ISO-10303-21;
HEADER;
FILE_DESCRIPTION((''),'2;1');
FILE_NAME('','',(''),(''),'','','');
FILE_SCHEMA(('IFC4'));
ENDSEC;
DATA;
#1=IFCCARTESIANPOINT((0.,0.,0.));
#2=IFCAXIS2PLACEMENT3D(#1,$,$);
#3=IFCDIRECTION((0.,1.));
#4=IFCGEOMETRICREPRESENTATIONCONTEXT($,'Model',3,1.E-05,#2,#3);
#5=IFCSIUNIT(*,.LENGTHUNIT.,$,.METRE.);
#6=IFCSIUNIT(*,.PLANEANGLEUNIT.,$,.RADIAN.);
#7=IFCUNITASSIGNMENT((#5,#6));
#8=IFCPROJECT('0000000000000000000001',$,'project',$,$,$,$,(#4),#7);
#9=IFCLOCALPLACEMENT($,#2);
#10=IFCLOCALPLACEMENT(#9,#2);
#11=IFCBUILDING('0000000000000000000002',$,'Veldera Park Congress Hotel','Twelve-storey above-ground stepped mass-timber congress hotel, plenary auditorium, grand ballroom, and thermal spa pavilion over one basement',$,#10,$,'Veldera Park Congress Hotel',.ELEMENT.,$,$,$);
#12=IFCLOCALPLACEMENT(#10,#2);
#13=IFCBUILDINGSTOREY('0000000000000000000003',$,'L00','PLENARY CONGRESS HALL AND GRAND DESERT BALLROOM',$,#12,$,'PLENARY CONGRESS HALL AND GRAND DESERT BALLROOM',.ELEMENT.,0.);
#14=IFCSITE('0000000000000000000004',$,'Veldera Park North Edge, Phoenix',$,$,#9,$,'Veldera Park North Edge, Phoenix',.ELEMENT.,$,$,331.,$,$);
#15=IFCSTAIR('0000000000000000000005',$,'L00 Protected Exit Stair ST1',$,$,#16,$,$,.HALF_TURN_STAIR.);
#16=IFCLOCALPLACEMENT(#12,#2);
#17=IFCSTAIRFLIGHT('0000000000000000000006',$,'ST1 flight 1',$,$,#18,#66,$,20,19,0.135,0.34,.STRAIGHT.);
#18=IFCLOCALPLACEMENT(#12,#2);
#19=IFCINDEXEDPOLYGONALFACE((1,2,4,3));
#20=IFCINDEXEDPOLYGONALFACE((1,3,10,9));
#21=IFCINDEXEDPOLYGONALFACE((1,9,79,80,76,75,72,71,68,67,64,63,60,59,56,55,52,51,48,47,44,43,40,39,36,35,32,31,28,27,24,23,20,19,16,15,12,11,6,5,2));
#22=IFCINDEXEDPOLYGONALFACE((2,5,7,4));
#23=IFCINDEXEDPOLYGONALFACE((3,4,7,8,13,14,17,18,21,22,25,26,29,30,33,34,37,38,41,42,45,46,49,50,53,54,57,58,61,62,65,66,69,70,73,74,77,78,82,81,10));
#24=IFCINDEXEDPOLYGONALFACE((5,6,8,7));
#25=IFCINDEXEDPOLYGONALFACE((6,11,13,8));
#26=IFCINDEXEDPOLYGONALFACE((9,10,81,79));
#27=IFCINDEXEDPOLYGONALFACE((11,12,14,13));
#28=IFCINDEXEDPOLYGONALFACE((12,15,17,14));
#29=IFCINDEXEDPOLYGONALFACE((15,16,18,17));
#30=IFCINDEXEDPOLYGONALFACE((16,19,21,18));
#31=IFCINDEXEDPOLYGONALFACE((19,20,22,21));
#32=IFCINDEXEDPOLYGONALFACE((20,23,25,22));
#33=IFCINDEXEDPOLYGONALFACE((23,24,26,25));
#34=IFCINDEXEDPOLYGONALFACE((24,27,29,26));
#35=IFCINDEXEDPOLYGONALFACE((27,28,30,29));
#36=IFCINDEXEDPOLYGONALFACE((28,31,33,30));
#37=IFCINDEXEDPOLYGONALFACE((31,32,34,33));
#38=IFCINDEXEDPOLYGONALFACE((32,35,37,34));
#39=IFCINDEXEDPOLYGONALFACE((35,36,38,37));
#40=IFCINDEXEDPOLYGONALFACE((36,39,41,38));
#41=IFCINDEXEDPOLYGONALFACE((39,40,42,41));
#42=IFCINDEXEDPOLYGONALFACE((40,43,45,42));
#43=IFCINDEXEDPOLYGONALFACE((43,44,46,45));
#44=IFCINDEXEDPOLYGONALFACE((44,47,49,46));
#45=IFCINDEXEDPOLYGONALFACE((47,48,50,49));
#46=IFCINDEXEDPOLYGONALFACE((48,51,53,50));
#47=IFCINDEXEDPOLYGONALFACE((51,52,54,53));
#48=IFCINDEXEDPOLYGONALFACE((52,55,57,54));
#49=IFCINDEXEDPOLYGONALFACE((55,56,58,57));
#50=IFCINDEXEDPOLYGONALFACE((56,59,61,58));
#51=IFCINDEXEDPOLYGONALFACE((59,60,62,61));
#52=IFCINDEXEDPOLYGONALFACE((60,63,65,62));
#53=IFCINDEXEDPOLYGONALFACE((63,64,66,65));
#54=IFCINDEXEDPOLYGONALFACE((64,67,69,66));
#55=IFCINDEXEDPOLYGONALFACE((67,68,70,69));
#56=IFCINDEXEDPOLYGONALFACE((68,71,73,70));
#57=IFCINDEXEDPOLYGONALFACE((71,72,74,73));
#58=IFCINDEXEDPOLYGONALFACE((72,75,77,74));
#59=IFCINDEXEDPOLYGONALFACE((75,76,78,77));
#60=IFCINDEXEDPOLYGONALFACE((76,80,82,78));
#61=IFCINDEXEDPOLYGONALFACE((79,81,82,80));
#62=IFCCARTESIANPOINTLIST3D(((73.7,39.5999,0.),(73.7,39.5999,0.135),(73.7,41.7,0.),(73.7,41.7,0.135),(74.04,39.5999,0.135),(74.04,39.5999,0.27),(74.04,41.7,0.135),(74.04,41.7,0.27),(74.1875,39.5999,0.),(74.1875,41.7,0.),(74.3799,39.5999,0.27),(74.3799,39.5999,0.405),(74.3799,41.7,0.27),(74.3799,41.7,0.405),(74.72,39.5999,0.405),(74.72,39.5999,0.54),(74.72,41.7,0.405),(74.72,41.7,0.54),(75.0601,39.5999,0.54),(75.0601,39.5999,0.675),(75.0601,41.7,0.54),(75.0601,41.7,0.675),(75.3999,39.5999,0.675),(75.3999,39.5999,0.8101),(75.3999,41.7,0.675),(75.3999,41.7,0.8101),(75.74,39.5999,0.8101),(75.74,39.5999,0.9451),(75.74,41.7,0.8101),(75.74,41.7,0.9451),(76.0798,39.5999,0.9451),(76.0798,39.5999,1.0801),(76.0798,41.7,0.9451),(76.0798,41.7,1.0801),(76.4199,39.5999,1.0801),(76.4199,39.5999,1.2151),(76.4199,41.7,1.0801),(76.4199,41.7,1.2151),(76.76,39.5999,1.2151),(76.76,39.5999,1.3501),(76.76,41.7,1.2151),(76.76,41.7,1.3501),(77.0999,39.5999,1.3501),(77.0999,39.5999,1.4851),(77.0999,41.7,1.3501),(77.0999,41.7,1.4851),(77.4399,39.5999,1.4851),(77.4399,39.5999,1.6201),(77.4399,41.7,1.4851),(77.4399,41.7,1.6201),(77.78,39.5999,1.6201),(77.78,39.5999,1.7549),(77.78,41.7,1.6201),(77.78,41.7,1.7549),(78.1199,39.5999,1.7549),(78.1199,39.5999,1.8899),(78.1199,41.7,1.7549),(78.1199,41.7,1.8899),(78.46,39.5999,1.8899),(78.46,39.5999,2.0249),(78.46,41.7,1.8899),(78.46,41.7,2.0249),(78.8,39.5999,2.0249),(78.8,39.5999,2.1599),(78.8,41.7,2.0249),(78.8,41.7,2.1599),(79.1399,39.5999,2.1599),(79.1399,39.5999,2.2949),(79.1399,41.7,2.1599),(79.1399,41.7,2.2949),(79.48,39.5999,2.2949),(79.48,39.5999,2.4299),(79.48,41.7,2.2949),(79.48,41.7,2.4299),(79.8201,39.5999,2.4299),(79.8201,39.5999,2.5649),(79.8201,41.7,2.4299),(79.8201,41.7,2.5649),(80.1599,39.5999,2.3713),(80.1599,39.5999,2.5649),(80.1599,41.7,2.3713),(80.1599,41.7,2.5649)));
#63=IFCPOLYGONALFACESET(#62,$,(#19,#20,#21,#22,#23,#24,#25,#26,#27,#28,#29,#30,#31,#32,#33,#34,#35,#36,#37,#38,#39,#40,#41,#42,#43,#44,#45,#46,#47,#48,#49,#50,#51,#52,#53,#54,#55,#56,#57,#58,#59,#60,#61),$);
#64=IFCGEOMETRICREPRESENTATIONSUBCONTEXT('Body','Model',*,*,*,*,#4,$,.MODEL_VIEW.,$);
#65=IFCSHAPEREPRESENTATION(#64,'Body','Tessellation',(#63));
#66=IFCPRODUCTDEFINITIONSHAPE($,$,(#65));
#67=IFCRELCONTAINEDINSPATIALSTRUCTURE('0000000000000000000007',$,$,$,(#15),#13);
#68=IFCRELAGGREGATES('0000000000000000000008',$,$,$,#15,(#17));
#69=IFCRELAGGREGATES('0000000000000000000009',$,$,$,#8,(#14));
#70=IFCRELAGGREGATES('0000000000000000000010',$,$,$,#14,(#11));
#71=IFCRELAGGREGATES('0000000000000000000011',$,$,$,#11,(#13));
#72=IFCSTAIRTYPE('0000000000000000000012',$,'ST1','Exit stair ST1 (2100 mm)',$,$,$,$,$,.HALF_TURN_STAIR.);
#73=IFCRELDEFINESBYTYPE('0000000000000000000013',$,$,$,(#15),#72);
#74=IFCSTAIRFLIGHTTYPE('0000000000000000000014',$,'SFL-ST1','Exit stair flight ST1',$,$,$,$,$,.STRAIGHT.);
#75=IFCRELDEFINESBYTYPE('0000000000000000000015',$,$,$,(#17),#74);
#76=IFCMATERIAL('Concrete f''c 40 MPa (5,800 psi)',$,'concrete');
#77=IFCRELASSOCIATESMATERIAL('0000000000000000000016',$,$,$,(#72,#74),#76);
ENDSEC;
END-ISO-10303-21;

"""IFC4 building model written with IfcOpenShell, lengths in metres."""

from ifc_helpers import new_model, si_unit, direction, frame, origin, place, context, subcontext, project, spatial, polyline, outline, extrude, material, type_object, element, aggregate, save


model = new_model("IFC4")

# Units and contexts
model_context = context("Model", 3, precision=1e-05, world=origin(), true_north=direction((0.0, 1.0)))
body_context = subcontext(model_context, "Body", "Model", "MODEL_VIEW")
ifc_project = project(units=[si_unit("LENGTHUNIT", "METRE"), si_unit("PLANEANGLEUNIT", "RADIAN")], contexts=[model_context])

# Site, building, storey
site_placement = place(None, origin())
site = spatial("IfcSite", under=ifc_project, at=site_placement, Name="Veldera Park North Edge, Phoenix", LongName="Veldera Park North Edge, Phoenix", CompositionType="ELEMENT", RefElevation=331.0)
building_placement = place(site_placement, origin())
building = spatial("IfcBuilding", under=site, at=building_placement, Name="Veldera Park Congress Hotel", Description="Twelve-storey above-ground stepped mass-timber congress hotel, plenary auditorium, grand ballroom, and thermal spa pavilion over one basement", LongName="Veldera Park Congress Hotel", CompositionType="ELEMENT")
storey_placement = place(building_placement, origin())
storey = spatial("IfcBuildingStorey", under=building, at=storey_placement, Name="L00", Description="PLENARY CONGRESS HALL AND GRAND DESERT BALLROOM", LongName="PLENARY CONGRESS HALL AND GRAND DESERT BALLROOM", CompositionType="ELEMENT", Elevation=0.0)

# Shared definitions
ifc_material_1 = material(Name="Concrete f'c 40 MPa (5,800 psi)", Category="concrete")

# Stair, stair flight
stair_type = type_object("IfcStairType", Name="ST1", Description="Exit stair ST1 (2100 mm)", PredefinedType="HALF_TURN_STAIR", material=ifc_material_1)
stair_placement = place(storey_placement, origin())
stair = element("IfcStair", 1, at=stair_placement, inside=storey, type_object=stair_type, Name="L00 Protected Exit Stair ST1", PredefinedType="HALF_TURN_STAIR")
stair_flight_type = type_object("IfcStairFlightType", Name="SFL-ST1", Description="Exit stair flight ST1", PredefinedType="STRAIGHT", material=ifc_material_1)
stair_flight_placement = place(storey_placement, frame((73.7, 40.6499, 0.0), z_axis=(0.0, 0.0, 1.0), x_axis=(1.0, 0.0, 0.0)))
stair_flight = element("IfcStairFlight", 2, at=stair_flight_placement, type_object=stair_flight_type, Name="ST1 flight 1", NumberOfRisers=20, NumberOfTreads=19, PredefinedType="STRAIGHT", RiserHeight=0.135, TreadLength=0.34, context=body_context, shape_type="SweptSolid", body=[
    extrude(outline(polyline([(0.0, 0.0), (0.0, 0.135), (0.3401, 0.135), (0.3401, 0.27), (0.6799, 0.27), (0.6799, 0.405), (1.02, 0.405), (1.02, 0.54), (1.3601, 0.54), (1.3601, 0.675), (1.7, 0.675), (1.7, 0.8101), (2.04, 0.8101), (2.04, 0.9451), (2.3799, 0.9451), (2.3799, 1.0801), (2.72, 1.0801), (2.72, 1.2151), (3.0601, 1.2151), (3.0601, 1.3501), (3.3999, 1.3501), (3.3999, 1.4851), (3.74, 1.4851), (3.74, 1.6201), (4.0801, 1.6201), (4.0801, 1.7549), (4.4199, 1.7549), (4.4199, 1.8899), (4.76, 1.8899), (4.76, 2.0249), (5.1001, 2.0249), (5.1001, 2.1599), (5.4399, 2.1599), (5.4399, 2.2949), (5.78, 2.2949), (5.78, 2.4299), (6.1201, 2.4299), (6.1201, 2.5649), (6.46, 2.5649), (6.46, 2.7), (6.46, 2.7), (6.46, 2.3713), (0.4875, 0.0), (0.0, 0.0)])), frame((0.0, 1.05, 0.0), z_axis=(0.0, -1.0, 0.0), x_axis=(1.0, 0.0, 0.0)), (0.0, 0.0, 1.0), 2.1001),
])
aggregate(stair, [stair_flight])

save(model, "model.ifc")
